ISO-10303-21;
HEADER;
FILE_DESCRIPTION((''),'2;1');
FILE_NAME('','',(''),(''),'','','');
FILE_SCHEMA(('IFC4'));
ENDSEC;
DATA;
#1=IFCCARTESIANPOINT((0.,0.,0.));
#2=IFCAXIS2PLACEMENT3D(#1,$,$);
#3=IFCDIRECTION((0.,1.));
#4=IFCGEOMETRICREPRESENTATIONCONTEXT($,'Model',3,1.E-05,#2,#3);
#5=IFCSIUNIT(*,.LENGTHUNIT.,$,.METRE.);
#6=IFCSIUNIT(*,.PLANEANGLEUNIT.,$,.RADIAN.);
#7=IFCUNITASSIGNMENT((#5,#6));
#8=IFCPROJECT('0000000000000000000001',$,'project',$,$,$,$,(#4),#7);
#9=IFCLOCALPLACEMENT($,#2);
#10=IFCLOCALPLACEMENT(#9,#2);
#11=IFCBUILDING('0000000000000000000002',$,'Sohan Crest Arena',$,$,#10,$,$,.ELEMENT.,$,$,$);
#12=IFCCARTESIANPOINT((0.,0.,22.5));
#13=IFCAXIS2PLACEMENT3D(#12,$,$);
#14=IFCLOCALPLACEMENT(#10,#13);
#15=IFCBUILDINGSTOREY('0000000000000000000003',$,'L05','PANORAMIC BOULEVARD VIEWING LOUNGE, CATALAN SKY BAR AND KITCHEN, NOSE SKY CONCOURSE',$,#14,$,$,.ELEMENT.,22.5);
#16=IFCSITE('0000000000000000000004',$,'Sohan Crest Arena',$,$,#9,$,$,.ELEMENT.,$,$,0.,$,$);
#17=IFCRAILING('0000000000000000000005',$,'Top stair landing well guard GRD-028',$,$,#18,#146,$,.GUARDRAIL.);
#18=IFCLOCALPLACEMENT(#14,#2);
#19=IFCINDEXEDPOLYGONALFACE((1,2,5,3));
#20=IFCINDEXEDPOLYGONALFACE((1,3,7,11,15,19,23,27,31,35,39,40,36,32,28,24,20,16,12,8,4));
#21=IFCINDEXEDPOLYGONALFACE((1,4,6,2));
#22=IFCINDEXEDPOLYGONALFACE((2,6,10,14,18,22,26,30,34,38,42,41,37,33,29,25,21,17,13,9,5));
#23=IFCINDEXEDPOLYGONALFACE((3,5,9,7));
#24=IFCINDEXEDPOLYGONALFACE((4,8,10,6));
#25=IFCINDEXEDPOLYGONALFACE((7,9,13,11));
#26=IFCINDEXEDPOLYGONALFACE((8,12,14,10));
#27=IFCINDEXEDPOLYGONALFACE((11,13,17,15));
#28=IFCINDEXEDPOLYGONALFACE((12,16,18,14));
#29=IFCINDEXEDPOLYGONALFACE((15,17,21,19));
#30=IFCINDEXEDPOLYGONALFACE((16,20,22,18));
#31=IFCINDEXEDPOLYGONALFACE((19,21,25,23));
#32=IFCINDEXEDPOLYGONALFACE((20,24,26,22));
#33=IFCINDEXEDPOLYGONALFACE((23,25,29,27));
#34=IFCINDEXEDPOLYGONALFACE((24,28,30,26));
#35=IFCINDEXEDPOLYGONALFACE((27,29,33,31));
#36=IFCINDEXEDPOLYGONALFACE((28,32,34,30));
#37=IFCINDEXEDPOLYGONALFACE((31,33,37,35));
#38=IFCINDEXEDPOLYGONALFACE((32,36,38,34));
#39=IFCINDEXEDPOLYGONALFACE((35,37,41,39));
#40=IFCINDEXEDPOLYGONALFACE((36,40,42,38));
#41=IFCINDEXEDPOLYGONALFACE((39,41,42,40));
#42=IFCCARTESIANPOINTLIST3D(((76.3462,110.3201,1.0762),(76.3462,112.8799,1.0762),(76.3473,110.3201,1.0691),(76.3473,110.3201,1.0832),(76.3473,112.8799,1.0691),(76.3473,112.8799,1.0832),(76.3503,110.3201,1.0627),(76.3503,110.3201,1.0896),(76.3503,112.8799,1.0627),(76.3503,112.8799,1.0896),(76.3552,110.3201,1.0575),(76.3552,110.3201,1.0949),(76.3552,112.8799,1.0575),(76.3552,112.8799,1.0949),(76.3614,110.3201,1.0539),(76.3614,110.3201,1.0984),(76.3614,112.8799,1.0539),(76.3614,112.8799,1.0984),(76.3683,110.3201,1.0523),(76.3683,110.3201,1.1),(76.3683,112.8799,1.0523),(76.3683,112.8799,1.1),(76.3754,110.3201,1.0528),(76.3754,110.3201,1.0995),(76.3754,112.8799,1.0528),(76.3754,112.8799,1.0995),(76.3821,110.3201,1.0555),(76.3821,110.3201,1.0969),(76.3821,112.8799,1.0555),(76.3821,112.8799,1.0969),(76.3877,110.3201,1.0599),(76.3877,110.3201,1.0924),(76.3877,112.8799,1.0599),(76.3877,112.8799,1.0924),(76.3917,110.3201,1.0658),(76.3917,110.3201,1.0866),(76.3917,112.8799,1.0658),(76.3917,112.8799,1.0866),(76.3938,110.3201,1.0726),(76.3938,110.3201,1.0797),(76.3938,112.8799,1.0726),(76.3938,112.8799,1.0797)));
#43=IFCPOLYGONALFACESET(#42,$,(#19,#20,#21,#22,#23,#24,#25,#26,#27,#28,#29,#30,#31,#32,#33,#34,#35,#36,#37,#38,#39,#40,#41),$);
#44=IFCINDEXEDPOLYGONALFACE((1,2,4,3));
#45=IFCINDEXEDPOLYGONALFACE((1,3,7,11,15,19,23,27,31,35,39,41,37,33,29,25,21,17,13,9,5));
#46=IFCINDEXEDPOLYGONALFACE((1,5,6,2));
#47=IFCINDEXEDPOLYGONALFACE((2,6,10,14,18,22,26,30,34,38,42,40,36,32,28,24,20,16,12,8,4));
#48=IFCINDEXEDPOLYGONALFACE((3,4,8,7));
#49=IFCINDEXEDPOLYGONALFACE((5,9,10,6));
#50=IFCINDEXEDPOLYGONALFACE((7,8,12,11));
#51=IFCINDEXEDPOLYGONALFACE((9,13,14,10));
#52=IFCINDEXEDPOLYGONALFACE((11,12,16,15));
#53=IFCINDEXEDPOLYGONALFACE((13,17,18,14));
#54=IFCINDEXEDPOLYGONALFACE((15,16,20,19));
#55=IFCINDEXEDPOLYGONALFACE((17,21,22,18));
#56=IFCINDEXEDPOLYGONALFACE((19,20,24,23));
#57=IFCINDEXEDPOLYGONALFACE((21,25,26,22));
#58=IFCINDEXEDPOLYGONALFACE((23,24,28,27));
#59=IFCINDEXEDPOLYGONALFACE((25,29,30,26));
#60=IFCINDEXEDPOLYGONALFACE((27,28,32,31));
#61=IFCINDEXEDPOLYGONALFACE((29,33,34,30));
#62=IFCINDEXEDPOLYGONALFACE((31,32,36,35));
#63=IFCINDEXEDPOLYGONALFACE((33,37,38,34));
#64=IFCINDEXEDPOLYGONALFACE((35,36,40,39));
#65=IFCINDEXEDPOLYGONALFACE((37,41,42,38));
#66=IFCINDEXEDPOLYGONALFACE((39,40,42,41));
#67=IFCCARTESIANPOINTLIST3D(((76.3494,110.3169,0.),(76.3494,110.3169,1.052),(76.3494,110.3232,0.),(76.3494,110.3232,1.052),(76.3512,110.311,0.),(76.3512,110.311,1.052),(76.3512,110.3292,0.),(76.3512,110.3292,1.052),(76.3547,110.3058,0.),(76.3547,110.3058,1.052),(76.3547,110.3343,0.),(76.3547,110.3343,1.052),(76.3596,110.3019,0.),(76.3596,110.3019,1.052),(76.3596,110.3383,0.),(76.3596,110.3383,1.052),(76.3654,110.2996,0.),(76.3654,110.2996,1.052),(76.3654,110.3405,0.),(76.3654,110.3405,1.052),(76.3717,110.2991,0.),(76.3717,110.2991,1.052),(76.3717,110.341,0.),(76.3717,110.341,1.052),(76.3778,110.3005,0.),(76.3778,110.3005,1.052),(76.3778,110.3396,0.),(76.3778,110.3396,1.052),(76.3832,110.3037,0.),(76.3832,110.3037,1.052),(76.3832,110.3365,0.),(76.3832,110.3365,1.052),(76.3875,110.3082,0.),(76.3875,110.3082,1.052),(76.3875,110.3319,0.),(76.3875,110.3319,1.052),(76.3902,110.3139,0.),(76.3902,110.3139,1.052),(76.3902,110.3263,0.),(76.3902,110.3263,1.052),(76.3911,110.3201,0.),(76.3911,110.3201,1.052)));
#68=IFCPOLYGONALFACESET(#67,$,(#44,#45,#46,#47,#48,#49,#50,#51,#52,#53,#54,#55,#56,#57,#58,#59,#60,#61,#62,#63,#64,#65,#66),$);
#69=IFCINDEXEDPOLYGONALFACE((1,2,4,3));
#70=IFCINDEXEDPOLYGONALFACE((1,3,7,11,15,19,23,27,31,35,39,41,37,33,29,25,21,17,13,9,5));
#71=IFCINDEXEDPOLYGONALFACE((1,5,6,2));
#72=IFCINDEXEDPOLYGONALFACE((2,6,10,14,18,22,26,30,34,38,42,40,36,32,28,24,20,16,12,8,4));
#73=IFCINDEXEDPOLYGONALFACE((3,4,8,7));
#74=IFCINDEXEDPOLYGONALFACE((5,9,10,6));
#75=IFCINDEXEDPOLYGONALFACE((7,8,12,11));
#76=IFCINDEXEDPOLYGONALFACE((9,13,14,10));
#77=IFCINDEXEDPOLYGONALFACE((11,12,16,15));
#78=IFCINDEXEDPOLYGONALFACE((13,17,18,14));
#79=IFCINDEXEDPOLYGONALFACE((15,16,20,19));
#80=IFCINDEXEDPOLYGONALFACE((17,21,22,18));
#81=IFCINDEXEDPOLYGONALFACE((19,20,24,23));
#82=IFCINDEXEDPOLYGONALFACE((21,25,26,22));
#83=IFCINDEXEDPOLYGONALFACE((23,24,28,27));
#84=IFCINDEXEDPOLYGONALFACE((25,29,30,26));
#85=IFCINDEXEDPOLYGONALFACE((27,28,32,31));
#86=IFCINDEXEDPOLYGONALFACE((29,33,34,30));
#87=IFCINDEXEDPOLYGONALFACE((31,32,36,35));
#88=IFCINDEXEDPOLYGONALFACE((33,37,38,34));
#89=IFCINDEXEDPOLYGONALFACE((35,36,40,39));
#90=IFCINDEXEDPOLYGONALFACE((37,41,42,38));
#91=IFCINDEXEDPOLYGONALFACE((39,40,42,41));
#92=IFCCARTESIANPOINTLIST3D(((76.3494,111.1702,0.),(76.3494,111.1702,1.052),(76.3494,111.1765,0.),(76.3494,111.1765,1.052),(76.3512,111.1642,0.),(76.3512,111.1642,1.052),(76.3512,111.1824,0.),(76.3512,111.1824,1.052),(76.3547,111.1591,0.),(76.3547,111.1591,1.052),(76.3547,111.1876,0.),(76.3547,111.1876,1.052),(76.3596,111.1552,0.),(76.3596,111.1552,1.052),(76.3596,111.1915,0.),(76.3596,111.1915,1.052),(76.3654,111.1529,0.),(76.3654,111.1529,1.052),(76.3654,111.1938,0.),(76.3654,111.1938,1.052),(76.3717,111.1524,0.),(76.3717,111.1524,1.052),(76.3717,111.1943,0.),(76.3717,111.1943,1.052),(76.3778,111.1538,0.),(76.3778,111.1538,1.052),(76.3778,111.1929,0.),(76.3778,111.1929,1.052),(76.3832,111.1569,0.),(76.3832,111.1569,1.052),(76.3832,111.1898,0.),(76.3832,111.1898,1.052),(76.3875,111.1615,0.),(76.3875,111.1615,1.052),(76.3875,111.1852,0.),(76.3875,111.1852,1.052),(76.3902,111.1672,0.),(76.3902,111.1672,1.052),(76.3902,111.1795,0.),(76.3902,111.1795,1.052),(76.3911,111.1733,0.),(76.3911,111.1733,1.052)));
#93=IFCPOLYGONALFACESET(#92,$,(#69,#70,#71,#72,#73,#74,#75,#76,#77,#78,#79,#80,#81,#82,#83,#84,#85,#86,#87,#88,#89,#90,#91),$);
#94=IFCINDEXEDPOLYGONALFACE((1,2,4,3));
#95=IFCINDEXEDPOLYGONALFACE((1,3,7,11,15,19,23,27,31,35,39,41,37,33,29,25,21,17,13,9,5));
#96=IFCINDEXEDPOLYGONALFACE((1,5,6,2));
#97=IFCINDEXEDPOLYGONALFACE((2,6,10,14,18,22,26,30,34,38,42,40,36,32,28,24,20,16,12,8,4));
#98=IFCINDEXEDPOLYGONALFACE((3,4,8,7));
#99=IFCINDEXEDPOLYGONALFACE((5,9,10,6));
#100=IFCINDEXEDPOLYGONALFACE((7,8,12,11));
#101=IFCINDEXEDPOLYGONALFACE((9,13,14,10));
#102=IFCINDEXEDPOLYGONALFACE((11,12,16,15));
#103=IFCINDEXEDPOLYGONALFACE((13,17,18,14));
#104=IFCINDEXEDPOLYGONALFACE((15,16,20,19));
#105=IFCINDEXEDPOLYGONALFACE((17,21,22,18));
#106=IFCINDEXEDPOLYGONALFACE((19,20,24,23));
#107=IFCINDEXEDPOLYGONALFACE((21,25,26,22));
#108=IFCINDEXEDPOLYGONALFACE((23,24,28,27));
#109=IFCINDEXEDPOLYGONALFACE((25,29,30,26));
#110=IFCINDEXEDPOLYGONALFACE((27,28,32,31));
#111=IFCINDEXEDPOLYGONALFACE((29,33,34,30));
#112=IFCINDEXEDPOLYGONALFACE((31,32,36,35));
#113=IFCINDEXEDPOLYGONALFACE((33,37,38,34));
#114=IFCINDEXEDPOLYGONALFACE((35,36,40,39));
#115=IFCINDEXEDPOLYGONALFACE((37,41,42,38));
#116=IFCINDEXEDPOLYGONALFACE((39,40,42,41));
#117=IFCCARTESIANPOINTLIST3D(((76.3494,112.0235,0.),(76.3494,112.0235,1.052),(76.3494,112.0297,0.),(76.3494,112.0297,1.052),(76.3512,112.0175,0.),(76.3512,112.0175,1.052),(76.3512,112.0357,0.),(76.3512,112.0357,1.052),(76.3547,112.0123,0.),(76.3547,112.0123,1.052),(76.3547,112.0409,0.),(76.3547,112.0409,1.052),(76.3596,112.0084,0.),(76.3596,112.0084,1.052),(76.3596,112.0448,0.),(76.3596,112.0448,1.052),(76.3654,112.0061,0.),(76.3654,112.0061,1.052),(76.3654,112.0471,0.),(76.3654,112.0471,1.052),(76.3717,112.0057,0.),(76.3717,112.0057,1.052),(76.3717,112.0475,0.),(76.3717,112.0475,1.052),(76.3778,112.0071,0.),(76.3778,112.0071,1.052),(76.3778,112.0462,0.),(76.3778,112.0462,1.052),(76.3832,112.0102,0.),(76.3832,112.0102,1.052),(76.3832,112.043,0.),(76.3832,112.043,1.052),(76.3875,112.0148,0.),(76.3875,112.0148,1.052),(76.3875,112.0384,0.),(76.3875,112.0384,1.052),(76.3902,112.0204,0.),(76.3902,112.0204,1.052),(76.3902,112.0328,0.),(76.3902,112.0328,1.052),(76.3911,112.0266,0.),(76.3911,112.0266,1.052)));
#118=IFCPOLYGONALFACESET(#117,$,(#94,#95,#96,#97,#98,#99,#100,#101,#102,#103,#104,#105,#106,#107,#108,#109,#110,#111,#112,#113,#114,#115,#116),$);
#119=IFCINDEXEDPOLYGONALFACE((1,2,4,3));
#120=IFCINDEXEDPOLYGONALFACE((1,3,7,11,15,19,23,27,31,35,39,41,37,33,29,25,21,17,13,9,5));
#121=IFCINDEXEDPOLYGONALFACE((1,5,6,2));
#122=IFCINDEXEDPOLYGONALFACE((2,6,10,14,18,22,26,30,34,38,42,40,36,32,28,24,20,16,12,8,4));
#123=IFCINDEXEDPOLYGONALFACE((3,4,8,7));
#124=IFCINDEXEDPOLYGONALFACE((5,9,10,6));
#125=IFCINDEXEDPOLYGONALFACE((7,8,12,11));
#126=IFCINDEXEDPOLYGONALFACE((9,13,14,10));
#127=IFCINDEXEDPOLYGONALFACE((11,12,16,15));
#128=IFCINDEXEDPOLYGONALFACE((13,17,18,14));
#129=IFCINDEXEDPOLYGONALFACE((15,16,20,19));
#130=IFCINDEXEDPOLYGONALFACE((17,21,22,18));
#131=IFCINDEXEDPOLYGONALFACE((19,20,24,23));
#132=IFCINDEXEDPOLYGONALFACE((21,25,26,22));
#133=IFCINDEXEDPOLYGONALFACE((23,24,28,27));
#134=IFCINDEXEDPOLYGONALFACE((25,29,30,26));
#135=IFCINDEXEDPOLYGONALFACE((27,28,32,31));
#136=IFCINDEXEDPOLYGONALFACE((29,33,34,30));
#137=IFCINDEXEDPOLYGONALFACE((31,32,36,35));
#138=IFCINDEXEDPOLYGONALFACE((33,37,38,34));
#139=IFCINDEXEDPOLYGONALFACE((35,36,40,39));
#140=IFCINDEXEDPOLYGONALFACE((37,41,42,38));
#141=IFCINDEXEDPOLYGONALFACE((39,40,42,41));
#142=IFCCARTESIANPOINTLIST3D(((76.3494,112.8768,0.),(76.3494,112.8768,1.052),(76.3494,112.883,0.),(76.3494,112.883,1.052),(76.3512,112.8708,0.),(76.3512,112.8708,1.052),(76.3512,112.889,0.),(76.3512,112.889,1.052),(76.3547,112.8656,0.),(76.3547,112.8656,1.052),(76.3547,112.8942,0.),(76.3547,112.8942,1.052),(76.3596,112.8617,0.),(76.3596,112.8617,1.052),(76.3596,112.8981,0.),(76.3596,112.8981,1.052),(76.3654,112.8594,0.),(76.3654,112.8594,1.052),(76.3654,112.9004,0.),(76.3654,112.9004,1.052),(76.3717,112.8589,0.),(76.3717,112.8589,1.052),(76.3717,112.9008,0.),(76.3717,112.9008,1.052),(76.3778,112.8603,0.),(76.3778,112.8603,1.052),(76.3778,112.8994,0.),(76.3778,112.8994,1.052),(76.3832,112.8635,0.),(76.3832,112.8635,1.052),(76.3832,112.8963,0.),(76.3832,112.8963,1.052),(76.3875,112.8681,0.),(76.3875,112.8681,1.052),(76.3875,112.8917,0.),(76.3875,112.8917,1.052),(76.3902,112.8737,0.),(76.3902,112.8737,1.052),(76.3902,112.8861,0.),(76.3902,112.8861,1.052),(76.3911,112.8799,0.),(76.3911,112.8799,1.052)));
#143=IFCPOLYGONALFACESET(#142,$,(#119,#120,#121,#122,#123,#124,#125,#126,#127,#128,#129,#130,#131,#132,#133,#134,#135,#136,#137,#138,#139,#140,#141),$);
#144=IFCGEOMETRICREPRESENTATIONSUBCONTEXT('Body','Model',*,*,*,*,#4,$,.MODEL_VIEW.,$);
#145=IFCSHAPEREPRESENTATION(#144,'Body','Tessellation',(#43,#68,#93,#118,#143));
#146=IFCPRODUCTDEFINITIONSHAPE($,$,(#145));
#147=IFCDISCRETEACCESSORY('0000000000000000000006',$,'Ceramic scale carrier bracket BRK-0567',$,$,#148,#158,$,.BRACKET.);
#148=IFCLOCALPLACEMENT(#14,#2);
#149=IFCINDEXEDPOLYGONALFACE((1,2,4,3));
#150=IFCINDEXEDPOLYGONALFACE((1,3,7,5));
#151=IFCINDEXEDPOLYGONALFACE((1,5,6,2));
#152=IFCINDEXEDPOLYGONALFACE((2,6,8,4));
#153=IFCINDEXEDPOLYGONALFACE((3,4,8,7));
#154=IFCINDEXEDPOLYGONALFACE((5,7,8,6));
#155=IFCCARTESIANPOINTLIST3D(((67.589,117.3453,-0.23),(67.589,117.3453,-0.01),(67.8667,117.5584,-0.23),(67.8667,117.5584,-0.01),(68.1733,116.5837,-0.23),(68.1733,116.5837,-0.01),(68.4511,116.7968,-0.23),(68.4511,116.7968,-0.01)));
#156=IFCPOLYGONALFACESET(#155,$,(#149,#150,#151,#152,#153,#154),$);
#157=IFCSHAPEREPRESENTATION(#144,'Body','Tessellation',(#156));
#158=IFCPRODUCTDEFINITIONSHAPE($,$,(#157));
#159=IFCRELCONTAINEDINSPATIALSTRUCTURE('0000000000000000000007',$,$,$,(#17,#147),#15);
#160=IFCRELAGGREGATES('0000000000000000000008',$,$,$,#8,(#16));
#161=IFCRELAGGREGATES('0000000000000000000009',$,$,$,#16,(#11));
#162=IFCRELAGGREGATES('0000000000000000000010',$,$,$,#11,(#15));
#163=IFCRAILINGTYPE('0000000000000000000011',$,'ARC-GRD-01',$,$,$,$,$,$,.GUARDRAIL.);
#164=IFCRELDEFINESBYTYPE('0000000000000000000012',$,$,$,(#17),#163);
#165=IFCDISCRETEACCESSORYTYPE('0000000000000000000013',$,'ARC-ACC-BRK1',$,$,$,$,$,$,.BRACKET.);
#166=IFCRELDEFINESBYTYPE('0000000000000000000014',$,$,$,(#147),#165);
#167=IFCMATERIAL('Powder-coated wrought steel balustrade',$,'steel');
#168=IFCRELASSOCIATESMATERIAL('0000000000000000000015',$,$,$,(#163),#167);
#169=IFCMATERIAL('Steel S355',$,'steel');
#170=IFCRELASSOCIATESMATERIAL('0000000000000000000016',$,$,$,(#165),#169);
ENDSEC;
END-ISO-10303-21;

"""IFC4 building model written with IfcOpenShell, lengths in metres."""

from ifc_helpers import new_model, si_unit, direction, frame, origin, origin_2d, place, context, subcontext, project, spatial, rectangle, circle, extrude, material, type_object, element, save


model = new_model("IFC4")

# Units and contexts
model_context = context("Model", 3, precision=1e-05, world=origin(), true_north=direction((0.0, 1.0)))
body_context = subcontext(model_context, "Body", "Model", "MODEL_VIEW")
ifc_project = project(units=[si_unit("LENGTHUNIT", "METRE"), si_unit("PLANEANGLEUNIT", "RADIAN")], contexts=[model_context])

# Site, building, storey
site_placement = place(None, origin())
site = spatial("IfcSite", under=ifc_project, at=site_placement, Name="Sohan Crest Arena", CompositionType="ELEMENT", RefElevation=0.0)
building_placement = place(site_placement, origin())
building = spatial("IfcBuilding", under=site, at=building_placement, Name="Sohan Crest Arena", CompositionType="ELEMENT")
storey_placement = place(building_placement, frame((0.0, 0.0, 22.5)))
storey = spatial("IfcBuildingStorey", under=building, at=storey_placement, Name="L05", Description="PANORAMIC BOULEVARD VIEWING LOUNGE, CATALAN SKY BAR AND KITCHEN, NOSE SKY CONCOURSE", CompositionType="ELEMENT", Elevation=22.5)

# Shared definitions
ifc_material_1 = material(Name="Steel S355", Category="steel")

# Railing
ifc_material_2 = material(Name="Powder-coated wrought steel balustrade", Category="steel")
railing_type = type_object("IfcRailingType", Name="ARC-GRD-01", PredefinedType="GUARDRAIL", material=ifc_material_2)
railing_placement = place(storey_placement, frame((76.3701, 110.3201, 0.0)))
element("IfcRailing", 1, at=railing_placement, inside=storey, type_object=railing_type, Name="Top stair landing well guard GRD-028", PredefinedType="GUARDRAIL", context=body_context, shape_type="SweptSolid", body=[
    extrude(circle(Radius=0.0239, at=origin_2d()), frame((0.0, 0.0, 1.0762), z_axis=(0.0, 1.0, 0.0), x_axis=(-1.0, 0.0, 0.0)), (0.0, 0.0, 1.0), 2.5598),
    extrude(circle(Radius=0.021, at=origin_2d()), origin(), (0.0, 0.0, 1.0), 1.052),
    extrude(circle(Radius=0.021, at=origin_2d()), frame((0.0, 0.8533, 0.0)), (0.0, 0.0, 1.0), 1.052),
    extrude(circle(Radius=0.021, at=origin_2d()), frame((0.0, 1.7065, 0.0)), (0.0, 0.0, 1.0), 1.052),
    extrude(circle(Radius=0.021, at=origin_2d()), frame((0.0, 2.5598, 0.0)), (0.0, 0.0, 1.0), 1.052),
])

# Discrete accessory
discrete_accessory_type = type_object("IfcDiscreteAccessoryType", Name="ARC-ACC-BRK1", PredefinedType="BRACKET", material=ifc_material_1)
discrete_accessory_placement = place(storey_placement, frame((68.02, 117.071, -0.23), z_axis=(0.0, 0.0, 1.0), x_axis=(-0.793353, -0.608761, 0.0)))
element("IfcDiscreteAccessory", 2, at=discrete_accessory_placement, inside=storey, type_object=discrete_accessory_type, Name="Ceramic scale carrier bracket BRK-0567", PredefinedType="BRACKET", context=body_context, shape_type="SweptSolid", body=[
    extrude(rectangle(XDim=0.3501, YDim=0.96, at=origin_2d()), origin(), (0.0, 0.0, 1.0), 0.22),
])

save(model, "model.ifc")
